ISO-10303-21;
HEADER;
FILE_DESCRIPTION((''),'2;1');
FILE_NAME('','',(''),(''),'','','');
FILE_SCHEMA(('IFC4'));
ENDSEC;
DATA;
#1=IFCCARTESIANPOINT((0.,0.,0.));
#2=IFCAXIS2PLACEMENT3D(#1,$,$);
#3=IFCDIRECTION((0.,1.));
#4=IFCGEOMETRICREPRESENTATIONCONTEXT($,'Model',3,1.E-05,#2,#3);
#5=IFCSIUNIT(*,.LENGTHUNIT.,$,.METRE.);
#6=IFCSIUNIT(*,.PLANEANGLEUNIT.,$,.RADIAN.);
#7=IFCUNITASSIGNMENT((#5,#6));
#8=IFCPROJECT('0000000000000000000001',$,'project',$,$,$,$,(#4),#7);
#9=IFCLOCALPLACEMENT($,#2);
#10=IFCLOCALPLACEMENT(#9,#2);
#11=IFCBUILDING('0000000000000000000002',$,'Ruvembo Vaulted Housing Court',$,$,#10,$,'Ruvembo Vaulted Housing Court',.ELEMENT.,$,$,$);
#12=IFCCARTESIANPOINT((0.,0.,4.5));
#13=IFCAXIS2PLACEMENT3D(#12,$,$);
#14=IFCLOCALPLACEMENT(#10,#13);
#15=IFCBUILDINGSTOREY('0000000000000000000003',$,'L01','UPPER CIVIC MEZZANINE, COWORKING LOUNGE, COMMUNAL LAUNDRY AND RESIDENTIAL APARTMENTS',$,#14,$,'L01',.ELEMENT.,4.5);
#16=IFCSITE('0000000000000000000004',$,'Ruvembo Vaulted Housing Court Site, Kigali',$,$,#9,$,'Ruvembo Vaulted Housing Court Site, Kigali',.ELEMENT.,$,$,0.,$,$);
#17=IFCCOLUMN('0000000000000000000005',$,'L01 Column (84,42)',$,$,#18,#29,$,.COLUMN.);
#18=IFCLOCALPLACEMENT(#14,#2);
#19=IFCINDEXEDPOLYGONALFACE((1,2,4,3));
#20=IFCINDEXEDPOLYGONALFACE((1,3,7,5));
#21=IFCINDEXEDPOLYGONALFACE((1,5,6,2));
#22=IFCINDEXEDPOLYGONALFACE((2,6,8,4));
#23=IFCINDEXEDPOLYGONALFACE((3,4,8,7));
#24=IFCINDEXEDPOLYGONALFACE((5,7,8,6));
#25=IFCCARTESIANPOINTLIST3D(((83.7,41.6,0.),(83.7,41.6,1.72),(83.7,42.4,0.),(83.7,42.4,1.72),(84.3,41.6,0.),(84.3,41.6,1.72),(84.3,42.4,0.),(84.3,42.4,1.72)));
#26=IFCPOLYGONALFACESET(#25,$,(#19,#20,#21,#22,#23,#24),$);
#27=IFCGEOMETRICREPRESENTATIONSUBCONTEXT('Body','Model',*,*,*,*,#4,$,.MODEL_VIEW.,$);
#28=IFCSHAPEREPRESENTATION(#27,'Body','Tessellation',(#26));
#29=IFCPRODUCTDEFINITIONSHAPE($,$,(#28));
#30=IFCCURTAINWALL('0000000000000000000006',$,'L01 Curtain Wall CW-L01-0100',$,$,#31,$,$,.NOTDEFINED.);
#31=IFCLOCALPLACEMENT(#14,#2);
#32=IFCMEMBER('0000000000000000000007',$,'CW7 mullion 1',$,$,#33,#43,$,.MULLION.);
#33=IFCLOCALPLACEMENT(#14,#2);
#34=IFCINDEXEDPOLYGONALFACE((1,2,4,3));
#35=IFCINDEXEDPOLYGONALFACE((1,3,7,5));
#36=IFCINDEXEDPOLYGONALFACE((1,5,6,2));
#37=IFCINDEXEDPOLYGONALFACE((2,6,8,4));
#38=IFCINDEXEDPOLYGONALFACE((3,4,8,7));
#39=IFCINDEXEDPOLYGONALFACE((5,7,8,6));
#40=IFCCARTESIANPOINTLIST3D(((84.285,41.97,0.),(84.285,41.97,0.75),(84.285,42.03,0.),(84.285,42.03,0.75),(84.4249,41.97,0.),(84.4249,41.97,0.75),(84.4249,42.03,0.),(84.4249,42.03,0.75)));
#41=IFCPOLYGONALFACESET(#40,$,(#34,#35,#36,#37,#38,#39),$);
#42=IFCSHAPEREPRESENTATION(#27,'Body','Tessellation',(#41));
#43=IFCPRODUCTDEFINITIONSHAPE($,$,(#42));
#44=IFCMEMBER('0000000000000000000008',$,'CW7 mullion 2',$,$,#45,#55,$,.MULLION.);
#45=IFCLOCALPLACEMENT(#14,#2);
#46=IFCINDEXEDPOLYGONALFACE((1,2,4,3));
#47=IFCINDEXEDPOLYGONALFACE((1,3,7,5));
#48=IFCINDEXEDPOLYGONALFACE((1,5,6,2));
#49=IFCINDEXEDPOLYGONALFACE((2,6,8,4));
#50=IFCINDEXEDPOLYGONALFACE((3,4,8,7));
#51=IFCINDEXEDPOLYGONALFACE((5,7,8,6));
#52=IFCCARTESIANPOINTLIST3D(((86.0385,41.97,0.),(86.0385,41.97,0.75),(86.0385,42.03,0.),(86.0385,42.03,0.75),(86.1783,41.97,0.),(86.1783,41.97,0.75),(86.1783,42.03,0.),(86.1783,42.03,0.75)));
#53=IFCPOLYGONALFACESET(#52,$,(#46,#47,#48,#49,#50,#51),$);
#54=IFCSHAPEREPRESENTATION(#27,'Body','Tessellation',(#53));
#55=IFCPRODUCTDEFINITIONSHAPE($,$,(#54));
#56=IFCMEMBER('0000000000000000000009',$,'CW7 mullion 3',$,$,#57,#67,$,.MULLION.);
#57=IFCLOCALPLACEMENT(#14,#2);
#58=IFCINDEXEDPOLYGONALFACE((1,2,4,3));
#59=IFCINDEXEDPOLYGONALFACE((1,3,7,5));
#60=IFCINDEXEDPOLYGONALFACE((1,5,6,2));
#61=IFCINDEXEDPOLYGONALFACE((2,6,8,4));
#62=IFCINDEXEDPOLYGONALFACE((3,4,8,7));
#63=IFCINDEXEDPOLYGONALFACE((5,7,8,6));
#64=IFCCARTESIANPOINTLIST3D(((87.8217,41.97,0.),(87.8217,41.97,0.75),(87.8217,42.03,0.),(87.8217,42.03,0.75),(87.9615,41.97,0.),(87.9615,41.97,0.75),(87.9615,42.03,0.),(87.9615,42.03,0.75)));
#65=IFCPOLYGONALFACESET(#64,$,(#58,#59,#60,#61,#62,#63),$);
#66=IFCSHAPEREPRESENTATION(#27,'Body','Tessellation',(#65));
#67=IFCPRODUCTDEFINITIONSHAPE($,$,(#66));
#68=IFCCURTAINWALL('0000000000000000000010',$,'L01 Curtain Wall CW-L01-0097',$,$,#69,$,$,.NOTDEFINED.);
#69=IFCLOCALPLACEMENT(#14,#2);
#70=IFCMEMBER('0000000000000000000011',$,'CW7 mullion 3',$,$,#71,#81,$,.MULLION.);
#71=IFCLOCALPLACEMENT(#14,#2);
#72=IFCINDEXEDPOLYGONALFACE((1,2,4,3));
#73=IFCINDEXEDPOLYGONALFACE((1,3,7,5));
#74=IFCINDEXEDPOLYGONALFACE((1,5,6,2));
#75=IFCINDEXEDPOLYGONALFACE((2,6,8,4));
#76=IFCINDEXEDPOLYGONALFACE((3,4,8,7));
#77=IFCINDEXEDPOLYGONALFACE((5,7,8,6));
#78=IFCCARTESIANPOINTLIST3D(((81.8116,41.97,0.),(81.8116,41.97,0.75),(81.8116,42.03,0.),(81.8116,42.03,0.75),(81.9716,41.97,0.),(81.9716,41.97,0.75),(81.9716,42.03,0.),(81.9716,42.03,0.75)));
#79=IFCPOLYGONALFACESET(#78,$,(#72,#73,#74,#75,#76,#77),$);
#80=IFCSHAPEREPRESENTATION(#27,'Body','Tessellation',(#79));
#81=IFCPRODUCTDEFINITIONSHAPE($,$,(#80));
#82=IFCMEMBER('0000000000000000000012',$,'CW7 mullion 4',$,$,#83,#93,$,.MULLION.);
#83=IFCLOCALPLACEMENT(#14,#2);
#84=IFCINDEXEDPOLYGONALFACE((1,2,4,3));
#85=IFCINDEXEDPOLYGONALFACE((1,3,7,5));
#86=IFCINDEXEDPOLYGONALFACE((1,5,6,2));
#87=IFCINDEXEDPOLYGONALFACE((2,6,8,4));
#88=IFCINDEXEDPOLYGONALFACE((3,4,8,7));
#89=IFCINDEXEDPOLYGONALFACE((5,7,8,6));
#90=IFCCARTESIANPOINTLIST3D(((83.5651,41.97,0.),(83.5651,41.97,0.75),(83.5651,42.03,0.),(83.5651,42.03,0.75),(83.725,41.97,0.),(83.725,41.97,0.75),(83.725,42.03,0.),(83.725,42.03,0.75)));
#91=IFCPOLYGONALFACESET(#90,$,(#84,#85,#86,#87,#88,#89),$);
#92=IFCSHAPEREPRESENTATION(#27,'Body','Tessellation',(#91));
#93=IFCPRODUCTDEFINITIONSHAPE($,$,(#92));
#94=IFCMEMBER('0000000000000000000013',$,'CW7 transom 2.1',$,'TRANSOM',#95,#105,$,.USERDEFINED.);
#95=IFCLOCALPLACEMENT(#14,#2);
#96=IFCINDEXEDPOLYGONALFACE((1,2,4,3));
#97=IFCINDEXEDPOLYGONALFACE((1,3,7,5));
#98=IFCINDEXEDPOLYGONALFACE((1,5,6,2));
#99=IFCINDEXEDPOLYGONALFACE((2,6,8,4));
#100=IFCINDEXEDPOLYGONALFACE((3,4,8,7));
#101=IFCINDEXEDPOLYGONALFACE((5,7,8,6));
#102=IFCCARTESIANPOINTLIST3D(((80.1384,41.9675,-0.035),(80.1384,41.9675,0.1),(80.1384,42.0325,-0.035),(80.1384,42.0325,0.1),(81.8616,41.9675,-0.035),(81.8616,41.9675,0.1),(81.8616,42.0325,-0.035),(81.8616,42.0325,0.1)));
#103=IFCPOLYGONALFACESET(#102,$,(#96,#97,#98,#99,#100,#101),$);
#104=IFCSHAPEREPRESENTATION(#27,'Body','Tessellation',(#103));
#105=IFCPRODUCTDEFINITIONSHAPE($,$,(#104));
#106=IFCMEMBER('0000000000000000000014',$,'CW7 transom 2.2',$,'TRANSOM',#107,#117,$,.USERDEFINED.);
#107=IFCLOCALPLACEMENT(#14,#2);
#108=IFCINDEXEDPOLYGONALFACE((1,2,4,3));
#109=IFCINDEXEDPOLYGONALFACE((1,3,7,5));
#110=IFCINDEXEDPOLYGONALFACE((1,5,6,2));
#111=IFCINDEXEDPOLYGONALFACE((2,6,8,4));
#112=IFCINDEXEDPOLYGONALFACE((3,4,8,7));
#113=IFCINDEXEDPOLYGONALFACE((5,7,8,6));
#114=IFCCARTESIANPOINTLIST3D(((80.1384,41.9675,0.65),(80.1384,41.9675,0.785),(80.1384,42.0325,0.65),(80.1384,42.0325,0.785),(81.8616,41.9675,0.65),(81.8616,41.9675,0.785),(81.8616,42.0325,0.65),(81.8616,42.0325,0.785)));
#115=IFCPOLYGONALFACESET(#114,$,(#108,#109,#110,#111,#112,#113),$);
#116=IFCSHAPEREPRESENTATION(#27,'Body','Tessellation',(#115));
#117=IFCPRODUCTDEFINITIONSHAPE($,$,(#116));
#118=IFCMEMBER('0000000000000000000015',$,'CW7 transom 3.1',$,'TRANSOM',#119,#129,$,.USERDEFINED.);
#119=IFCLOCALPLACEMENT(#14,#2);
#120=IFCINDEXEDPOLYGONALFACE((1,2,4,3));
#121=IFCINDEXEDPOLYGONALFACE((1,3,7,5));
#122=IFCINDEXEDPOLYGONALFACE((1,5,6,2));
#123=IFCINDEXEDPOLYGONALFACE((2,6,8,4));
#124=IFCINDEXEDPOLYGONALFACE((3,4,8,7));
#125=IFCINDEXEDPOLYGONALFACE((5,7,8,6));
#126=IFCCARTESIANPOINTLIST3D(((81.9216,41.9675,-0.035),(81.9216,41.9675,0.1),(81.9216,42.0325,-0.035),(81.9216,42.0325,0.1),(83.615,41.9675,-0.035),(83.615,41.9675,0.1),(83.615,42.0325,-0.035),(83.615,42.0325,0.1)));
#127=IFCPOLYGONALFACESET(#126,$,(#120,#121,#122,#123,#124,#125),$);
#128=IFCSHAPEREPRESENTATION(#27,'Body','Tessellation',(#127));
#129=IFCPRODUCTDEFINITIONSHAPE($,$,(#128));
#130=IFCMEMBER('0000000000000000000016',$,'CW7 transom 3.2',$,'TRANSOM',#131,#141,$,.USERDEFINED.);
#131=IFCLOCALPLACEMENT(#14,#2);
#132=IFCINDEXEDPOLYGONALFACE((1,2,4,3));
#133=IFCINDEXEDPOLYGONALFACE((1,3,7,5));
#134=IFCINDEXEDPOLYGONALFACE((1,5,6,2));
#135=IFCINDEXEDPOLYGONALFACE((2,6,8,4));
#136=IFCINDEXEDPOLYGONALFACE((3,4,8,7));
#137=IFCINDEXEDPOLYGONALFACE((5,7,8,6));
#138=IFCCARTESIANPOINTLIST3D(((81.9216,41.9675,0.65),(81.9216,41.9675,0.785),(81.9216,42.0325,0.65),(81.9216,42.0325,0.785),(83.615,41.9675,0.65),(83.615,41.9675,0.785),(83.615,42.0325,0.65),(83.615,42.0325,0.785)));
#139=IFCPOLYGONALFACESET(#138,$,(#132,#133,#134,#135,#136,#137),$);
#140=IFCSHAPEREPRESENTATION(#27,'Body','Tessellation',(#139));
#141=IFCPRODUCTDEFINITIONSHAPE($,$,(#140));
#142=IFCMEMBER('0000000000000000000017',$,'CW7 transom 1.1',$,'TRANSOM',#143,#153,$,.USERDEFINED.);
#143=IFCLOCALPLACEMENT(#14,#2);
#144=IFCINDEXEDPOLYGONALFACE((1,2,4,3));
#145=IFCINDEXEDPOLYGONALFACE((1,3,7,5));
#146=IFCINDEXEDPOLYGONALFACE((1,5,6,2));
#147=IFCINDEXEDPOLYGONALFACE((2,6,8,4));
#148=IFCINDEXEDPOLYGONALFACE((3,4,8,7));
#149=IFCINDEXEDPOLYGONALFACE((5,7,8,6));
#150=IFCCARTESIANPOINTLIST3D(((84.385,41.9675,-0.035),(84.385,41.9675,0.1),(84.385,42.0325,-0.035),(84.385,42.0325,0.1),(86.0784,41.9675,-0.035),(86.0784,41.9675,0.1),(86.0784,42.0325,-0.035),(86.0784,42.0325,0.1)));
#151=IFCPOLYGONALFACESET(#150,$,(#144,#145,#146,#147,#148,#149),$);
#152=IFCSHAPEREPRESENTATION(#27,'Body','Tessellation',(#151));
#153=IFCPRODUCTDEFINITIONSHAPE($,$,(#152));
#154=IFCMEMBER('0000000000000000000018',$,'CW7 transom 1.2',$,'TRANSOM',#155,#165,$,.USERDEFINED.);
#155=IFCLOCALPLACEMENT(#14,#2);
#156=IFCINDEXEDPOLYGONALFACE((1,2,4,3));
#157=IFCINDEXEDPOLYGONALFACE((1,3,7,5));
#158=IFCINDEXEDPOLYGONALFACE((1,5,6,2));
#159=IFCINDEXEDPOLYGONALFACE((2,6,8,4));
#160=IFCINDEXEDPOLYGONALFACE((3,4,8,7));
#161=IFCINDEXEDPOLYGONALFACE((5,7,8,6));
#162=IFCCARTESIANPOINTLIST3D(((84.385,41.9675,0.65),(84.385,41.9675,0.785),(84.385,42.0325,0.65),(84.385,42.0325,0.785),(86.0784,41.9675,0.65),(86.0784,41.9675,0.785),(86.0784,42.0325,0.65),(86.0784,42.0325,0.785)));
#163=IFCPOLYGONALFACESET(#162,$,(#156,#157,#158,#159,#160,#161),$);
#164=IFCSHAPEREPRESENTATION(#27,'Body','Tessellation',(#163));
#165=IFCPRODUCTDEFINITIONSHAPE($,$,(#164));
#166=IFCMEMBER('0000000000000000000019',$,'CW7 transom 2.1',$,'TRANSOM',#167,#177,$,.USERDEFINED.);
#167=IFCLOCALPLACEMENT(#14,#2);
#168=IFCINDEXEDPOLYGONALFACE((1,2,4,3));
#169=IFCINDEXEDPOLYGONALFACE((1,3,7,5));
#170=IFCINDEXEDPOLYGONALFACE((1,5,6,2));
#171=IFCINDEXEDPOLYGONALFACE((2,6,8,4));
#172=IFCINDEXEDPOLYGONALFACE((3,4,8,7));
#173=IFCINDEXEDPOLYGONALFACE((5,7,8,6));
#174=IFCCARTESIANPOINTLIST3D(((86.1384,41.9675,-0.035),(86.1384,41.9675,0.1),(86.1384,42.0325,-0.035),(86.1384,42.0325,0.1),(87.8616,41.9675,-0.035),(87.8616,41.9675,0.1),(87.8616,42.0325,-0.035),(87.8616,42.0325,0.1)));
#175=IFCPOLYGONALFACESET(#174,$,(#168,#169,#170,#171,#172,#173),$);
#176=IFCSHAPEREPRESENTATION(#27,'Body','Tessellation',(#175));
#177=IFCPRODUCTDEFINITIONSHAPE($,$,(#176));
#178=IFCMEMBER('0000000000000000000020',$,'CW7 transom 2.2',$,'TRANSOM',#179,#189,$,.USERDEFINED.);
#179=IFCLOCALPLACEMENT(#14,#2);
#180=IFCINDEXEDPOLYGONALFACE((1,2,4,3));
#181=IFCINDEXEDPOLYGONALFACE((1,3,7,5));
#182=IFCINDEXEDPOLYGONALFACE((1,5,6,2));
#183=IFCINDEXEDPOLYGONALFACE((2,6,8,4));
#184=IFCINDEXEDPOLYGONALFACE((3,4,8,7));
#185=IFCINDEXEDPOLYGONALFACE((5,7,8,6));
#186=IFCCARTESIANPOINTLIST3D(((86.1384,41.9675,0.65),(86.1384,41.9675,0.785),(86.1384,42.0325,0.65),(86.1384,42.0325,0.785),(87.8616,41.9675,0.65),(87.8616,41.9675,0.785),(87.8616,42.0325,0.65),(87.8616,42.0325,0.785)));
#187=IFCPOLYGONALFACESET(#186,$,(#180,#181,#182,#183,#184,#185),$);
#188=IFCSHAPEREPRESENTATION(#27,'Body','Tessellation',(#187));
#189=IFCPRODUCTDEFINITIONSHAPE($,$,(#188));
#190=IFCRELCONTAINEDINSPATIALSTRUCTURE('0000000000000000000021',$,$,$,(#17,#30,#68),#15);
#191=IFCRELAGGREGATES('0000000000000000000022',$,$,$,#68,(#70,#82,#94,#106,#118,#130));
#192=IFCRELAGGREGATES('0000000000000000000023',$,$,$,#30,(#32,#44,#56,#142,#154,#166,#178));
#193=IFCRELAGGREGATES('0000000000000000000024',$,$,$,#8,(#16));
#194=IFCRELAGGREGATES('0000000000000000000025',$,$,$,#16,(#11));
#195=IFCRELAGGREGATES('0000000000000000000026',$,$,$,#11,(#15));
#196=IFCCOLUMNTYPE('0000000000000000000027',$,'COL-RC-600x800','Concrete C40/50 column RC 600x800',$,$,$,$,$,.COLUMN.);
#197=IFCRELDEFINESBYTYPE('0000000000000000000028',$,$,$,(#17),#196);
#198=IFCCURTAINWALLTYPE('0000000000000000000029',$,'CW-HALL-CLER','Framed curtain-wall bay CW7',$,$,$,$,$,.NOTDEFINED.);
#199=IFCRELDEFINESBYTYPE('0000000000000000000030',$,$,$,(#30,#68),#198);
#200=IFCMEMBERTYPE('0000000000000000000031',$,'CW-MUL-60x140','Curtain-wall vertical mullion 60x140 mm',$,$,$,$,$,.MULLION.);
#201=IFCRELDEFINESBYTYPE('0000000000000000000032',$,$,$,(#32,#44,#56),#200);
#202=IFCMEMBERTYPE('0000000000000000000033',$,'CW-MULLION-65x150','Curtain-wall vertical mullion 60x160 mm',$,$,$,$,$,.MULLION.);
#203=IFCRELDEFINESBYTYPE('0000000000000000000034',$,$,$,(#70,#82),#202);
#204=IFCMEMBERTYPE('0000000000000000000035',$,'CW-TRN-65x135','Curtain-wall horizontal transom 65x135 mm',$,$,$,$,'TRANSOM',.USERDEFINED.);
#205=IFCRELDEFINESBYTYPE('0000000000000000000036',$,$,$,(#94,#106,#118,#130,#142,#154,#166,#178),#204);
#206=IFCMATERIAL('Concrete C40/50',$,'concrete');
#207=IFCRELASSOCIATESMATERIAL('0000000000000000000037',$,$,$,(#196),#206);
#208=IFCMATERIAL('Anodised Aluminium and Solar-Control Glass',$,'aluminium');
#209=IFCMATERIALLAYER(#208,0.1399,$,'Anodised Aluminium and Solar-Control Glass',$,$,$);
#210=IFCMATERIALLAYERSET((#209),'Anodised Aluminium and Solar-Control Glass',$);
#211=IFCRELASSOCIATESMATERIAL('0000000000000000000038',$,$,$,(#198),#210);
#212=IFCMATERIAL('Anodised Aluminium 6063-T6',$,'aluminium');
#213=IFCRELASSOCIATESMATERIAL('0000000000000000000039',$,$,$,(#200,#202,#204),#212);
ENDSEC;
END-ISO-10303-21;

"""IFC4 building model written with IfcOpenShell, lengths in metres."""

from ifc_helpers import new_model, si_unit, direction, frame, origin, origin_2d, place, context, subcontext, project, spatial, rectangle, extrude, material, layer, layer_set, material_profile, profile_set, type_object, element, aggregate, save


model = new_model("IFC4")

# Units and contexts
model_context = context("Model", 3, precision=1e-05, world=origin(), true_north=direction((0.0, 1.0)))
body_context = subcontext(model_context, "Body", "Model", "MODEL_VIEW")
ifc_project = project(units=[si_unit("LENGTHUNIT", "METRE"), si_unit("PLANEANGLEUNIT", "RADIAN")], contexts=[model_context])

# Site, building, storey
site_placement = place(None, origin())
site = spatial("IfcSite", under=ifc_project, at=site_placement, Name="Ruvembo Vaulted Housing Court Site, Kigali", LongName="Ruvembo Vaulted Housing Court Site, Kigali", CompositionType="ELEMENT", RefElevation=0.0)
building_placement = place(site_placement, origin())
building = spatial("IfcBuilding", under=site, at=building_placement, Name="Ruvembo Vaulted Housing Court", LongName="Ruvembo Vaulted Housing Court", CompositionType="ELEMENT")
storey_placement = place(building_placement, frame((0.0, 0.0, 4.5)))
storey = spatial("IfcBuildingStorey", under=building, at=storey_placement, Name="L01", Description="UPPER CIVIC MEZZANINE, COWORKING LOUNGE, COMMUNAL LAUNDRY AND RESIDENTIAL APARTMENTS", LongName="L01", CompositionType="ELEMENT", Elevation=4.5)

# Column
ifc_material_1 = material(Name="Concrete C40/50", Category="concrete")
ifc_material_profile_1 = material_profile(ifc_material_1, rectangle(XDim=0.6001, YDim=0.8, at=origin_2d()), Name="RC 600x800")
ifc_profile_set_1 = profile_set([ifc_material_profile_1], Name="Concrete C40/50")
column_type = type_object("IfcColumnType", Name="COL-RC-600x800", Description="Concrete C40/50 column RC 600x800", PredefinedType="COLUMN", material=ifc_profile_set_1)
column_placement = place(storey_placement, frame((84.0, 42.0, 0.0), z_axis=(0.0, 0.0, 1.0), x_axis=(1.0, 0.0, 0.0)))
element("IfcColumn", 1, at=column_placement, inside=storey, type_object=column_type, Name="L01 Column (84,42)", PredefinedType="COLUMN", context=body_context, shape_type="SweptSolid", body=[
    extrude(rectangle(XDim=0.6001, YDim=0.8, at=origin_2d()), origin(), (0.0, 0.0, 1.0), 1.72),
])

# Curtain walls, members
ifc_material_2 = material(Name="Anodised Aluminium and Solar-Control Glass", Category="aluminium")
ifc_layer_1 = layer(ifc_material_2, 0.1399, Name="Anodised Aluminium and Solar-Control Glass")
ifc_layer_set_1 = layer_set([ifc_layer_1], Name="Anodised Aluminium and Solar-Control Glass")
curtain_wall_type = type_object("IfcCurtainWallType", Name="CW-HALL-CLER", Description="Framed curtain-wall bay CW7", PredefinedType="NOTDEFINED", material=ifc_layer_set_1)
curtain_wall_1_placement = place(storey_placement, origin())
curtain_wall_1 = element("IfcCurtainWall", 2, at=curtain_wall_1_placement, inside=storey, type_object=curtain_wall_type, Name="L01 Curtain Wall CW-L01-0100", PredefinedType="NOTDEFINED")
ifc_material_3 = material(Name="Anodised Aluminium 6063-T6", Category="aluminium")
ifc_material_profile_2 = material_profile(ifc_material_3, rectangle(XDim=0.0601, YDim=0.1399, at=origin_2d()), Name="ALU 60x140")
ifc_profile_set_2 = profile_set([ifc_material_profile_2], Name="Anodised Aluminium 6063-T6")
member_type_1 = type_object("IfcMemberType", Name="CW-MUL-60x140", Description="Curtain-wall vertical mullion 60x140 mm", PredefinedType="MULLION", material=ifc_profile_set_2)
member_1_placement = place(storey_placement, frame((84.355, 42.0, 0.0), z_axis=(0.0, 0.0, 1.0), x_axis=(0.0, 1.0, 0.0)))
member_1 = element("IfcMember", 3, at=member_1_placement, type_object=member_type_1, Name="CW7 mullion 1", PredefinedType="MULLION", context=body_context, shape_type="SweptSolid", body=[
    extrude(rectangle(XDim=0.0601, YDim=0.1399, at=origin_2d()), origin(), (0.0, 0.0, 1.0), 0.75),
])
member_2_placement = place(storey_placement, frame((86.1084, 42.0, 0.0), z_axis=(0.0, 0.0, 1.0), x_axis=(0.0, 1.0, 0.0)))
member_2 = element("IfcMember", 4, at=member_2_placement, type_object=member_type_1, Name="CW7 mullion 2", PredefinedType="MULLION", context=body_context, shape_type="SweptSolid", body=[
    extrude(rectangle(XDim=0.0601, YDim=0.1399, at=origin_2d()), origin(), (0.0, 0.0, 1.0), 0.75),
])
member_3_placement = place(storey_placement, frame((87.8916, 42.0, 0.0), z_axis=(0.0, 0.0, 1.0), x_axis=(0.0, 1.0, 0.0)))
member_3 = element("IfcMember", 5, at=member_3_placement, type_object=member_type_1, Name="CW7 mullion 3", PredefinedType="MULLION", context=body_context, shape_type="SweptSolid", body=[
    extrude(rectangle(XDim=0.0601, YDim=0.1399, at=origin_2d()), origin(), (0.0, 0.0, 1.0), 0.75),
])
curtain_wall_2_placement = place(storey_placement, origin())
curtain_wall_2 = element("IfcCurtainWall", 6, at=curtain_wall_2_placement, inside=storey, type_object=curtain_wall_type, Name="L01 Curtain Wall CW-L01-0097", PredefinedType="NOTDEFINED")
ifc_material_profile_3 = material_profile(ifc_material_3, rectangle(XDim=0.0601, YDim=0.1599, at=origin_2d()), Name="ALU 60x160")
ifc_profile_set_3 = profile_set([ifc_material_profile_3], Name="Anodised Aluminium 6063-T6")
member_type_2 = type_object("IfcMemberType", Name="CW-MULLION-65x150", Description="Curtain-wall vertical mullion 60x160 mm", PredefinedType="MULLION", material=ifc_profile_set_3)
member_4_placement = place(storey_placement, frame((81.8916, 42.0, 0.0), z_axis=(0.0, 0.0, 1.0), x_axis=(0.0, 1.0, 0.0)))
member_4 = element("IfcMember", 7, at=member_4_placement, type_object=member_type_2, Name="CW7 mullion 3", PredefinedType="MULLION", context=body_context, shape_type="SweptSolid", body=[
    extrude(rectangle(XDim=0.0601, YDim=0.1599, at=origin_2d()), origin(), (0.0, 0.0, 1.0), 0.75),
])
member_5_placement = place(storey_placement, frame((83.645, 42.0, 0.0), z_axis=(0.0, 0.0, 1.0), x_axis=(0.0, 1.0, 0.0)))
member_5 = element("IfcMember", 8, at=member_5_placement, type_object=member_type_2, Name="CW7 mullion 4", PredefinedType="MULLION", context=body_context, shape_type="SweptSolid", body=[
    extrude(rectangle(XDim=0.0601, YDim=0.1599, at=origin_2d()), origin(), (0.0, 0.0, 1.0), 0.75),
])
ifc_material_profile_4 = material_profile(ifc_material_3, rectangle(XDim=0.0649, YDim=0.135, at=origin_2d()), Name="ALU 65x135")
ifc_profile_set_4 = profile_set([ifc_material_profile_4], Name="Anodised Aluminium 6063-T6")
member_type_3 = type_object("IfcMemberType", Name="CW-TRN-65x135", Description="Curtain-wall horizontal transom 65x135 mm", ElementType="TRANSOM", PredefinedType="USERDEFINED", material=ifc_profile_set_4)
member_6_placement = place(storey_placement, frame((80.1384, 42.0, 0.0325), z_axis=(1.0, 0.0, 0.0), x_axis=(0.0, 1.0, 0.0)))
member_6 = element("IfcMember", 9, at=member_6_placement, type_object=member_type_3, Name="CW7 transom 2.1", ObjectType="TRANSOM", PredefinedType="USERDEFINED", context=body_context, shape_type="SweptSolid", body=[
    extrude(rectangle(XDim=0.0649, YDim=0.135, at=origin_2d()), origin(), (0.0, 0.0, 1.0), 1.7231),
])
member_7_placement = place(storey_placement, frame((80.1384, 42.0, 0.7175), z_axis=(1.0, 0.0, 0.0), x_axis=(0.0, 1.0, 0.0)))
member_7 = element("IfcMember", 10, at=member_7_placement, type_object=member_type_3, Name="CW7 transom 2.2", ObjectType="TRANSOM", PredefinedType="USERDEFINED", context=body_context, shape_type="SweptSolid", body=[
    extrude(rectangle(XDim=0.0649, YDim=0.135, at=origin_2d()), origin(), (0.0, 0.0, 1.0), 1.7231),
])
member_8_placement = place(storey_placement, frame((81.9216, 42.0, 0.0325), z_axis=(1.0, 0.0, 0.0), x_axis=(0.0, 1.0, 0.0)))
member_8 = element("IfcMember", 11, at=member_8_placement, type_object=member_type_3, Name="CW7 transom 3.1", ObjectType="TRANSOM", PredefinedType="USERDEFINED", context=body_context, shape_type="SweptSolid", body=[
    extrude(rectangle(XDim=0.0649, YDim=0.135, at=origin_2d()), origin(), (0.0, 0.0, 1.0), 1.6934),
])
member_9_placement = place(storey_placement, frame((81.9216, 42.0, 0.7175), z_axis=(1.0, 0.0, 0.0), x_axis=(0.0, 1.0, 0.0)))
member_9 = element("IfcMember", 12, at=member_9_placement, type_object=member_type_3, Name="CW7 transom 3.2", ObjectType="TRANSOM", PredefinedType="USERDEFINED", context=body_context, shape_type="SweptSolid", body=[
    extrude(rectangle(XDim=0.0649, YDim=0.135, at=origin_2d()), origin(), (0.0, 0.0, 1.0), 1.6934),
])

# Members
member_10_placement = place(storey_placement, frame((84.385, 42.0, 0.0325), z_axis=(1.0, 0.0, 0.0), x_axis=(0.0, 1.0, 0.0)))
member_10 = element("IfcMember", 13, at=member_10_placement, type_object=member_type_3, Name="CW7 transom 1.1", ObjectType="TRANSOM", PredefinedType="USERDEFINED", context=body_context, shape_type="SweptSolid", body=[
    extrude(rectangle(XDim=0.0649, YDim=0.135, at=origin_2d()), origin(), (0.0, 0.0, 1.0), 1.6934),
])
member_11_placement = place(storey_placement, frame((84.385, 42.0, 0.7175), z_axis=(1.0, 0.0, 0.0), x_axis=(0.0, 1.0, 0.0)))
member_11 = element("IfcMember", 14, at=member_11_placement, type_object=member_type_3, Name="CW7 transom 1.2", ObjectType="TRANSOM", PredefinedType="USERDEFINED", context=body_context, shape_type="SweptSolid", body=[
    extrude(rectangle(XDim=0.0649, YDim=0.135, at=origin_2d()), origin(), (0.0, 0.0, 1.0), 1.6934),
])
member_12_placement = place(storey_placement, frame((86.1384, 42.0, 0.0325), z_axis=(1.0, 0.0, 0.0), x_axis=(0.0, 1.0, 0.0)))
member_12 = element("IfcMember", 15, at=member_12_placement, type_object=member_type_3, Name="CW7 transom 2.1", ObjectType="TRANSOM", PredefinedType="USERDEFINED", context=body_context, shape_type="SweptSolid", body=[
    extrude(rectangle(XDim=0.0649, YDim=0.135, at=origin_2d()), origin(), (0.0, 0.0, 1.0), 1.7231),
])
member_13_placement = place(storey_placement, frame((86.1384, 42.0, 0.7175), z_axis=(1.0, 0.0, 0.0), x_axis=(0.0, 1.0, 0.0)))
member_13 = element("IfcMember", 16, at=member_13_placement, type_object=member_type_3, Name="CW7 transom 2.2", ObjectType="TRANSOM", PredefinedType="USERDEFINED", context=body_context, shape_type="SweptSolid", body=[
    extrude(rectangle(XDim=0.0649, YDim=0.135, at=origin_2d()), origin(), (0.0, 0.0, 1.0), 1.7231),
])

aggregate(curtain_wall_2, [member_4, member_5, member_6, member_7, member_8, member_9])
aggregate(curtain_wall_1, [member_1, member_2, member_3, member_10, member_11, member_12, member_13])

save(model, "model.ifc")
